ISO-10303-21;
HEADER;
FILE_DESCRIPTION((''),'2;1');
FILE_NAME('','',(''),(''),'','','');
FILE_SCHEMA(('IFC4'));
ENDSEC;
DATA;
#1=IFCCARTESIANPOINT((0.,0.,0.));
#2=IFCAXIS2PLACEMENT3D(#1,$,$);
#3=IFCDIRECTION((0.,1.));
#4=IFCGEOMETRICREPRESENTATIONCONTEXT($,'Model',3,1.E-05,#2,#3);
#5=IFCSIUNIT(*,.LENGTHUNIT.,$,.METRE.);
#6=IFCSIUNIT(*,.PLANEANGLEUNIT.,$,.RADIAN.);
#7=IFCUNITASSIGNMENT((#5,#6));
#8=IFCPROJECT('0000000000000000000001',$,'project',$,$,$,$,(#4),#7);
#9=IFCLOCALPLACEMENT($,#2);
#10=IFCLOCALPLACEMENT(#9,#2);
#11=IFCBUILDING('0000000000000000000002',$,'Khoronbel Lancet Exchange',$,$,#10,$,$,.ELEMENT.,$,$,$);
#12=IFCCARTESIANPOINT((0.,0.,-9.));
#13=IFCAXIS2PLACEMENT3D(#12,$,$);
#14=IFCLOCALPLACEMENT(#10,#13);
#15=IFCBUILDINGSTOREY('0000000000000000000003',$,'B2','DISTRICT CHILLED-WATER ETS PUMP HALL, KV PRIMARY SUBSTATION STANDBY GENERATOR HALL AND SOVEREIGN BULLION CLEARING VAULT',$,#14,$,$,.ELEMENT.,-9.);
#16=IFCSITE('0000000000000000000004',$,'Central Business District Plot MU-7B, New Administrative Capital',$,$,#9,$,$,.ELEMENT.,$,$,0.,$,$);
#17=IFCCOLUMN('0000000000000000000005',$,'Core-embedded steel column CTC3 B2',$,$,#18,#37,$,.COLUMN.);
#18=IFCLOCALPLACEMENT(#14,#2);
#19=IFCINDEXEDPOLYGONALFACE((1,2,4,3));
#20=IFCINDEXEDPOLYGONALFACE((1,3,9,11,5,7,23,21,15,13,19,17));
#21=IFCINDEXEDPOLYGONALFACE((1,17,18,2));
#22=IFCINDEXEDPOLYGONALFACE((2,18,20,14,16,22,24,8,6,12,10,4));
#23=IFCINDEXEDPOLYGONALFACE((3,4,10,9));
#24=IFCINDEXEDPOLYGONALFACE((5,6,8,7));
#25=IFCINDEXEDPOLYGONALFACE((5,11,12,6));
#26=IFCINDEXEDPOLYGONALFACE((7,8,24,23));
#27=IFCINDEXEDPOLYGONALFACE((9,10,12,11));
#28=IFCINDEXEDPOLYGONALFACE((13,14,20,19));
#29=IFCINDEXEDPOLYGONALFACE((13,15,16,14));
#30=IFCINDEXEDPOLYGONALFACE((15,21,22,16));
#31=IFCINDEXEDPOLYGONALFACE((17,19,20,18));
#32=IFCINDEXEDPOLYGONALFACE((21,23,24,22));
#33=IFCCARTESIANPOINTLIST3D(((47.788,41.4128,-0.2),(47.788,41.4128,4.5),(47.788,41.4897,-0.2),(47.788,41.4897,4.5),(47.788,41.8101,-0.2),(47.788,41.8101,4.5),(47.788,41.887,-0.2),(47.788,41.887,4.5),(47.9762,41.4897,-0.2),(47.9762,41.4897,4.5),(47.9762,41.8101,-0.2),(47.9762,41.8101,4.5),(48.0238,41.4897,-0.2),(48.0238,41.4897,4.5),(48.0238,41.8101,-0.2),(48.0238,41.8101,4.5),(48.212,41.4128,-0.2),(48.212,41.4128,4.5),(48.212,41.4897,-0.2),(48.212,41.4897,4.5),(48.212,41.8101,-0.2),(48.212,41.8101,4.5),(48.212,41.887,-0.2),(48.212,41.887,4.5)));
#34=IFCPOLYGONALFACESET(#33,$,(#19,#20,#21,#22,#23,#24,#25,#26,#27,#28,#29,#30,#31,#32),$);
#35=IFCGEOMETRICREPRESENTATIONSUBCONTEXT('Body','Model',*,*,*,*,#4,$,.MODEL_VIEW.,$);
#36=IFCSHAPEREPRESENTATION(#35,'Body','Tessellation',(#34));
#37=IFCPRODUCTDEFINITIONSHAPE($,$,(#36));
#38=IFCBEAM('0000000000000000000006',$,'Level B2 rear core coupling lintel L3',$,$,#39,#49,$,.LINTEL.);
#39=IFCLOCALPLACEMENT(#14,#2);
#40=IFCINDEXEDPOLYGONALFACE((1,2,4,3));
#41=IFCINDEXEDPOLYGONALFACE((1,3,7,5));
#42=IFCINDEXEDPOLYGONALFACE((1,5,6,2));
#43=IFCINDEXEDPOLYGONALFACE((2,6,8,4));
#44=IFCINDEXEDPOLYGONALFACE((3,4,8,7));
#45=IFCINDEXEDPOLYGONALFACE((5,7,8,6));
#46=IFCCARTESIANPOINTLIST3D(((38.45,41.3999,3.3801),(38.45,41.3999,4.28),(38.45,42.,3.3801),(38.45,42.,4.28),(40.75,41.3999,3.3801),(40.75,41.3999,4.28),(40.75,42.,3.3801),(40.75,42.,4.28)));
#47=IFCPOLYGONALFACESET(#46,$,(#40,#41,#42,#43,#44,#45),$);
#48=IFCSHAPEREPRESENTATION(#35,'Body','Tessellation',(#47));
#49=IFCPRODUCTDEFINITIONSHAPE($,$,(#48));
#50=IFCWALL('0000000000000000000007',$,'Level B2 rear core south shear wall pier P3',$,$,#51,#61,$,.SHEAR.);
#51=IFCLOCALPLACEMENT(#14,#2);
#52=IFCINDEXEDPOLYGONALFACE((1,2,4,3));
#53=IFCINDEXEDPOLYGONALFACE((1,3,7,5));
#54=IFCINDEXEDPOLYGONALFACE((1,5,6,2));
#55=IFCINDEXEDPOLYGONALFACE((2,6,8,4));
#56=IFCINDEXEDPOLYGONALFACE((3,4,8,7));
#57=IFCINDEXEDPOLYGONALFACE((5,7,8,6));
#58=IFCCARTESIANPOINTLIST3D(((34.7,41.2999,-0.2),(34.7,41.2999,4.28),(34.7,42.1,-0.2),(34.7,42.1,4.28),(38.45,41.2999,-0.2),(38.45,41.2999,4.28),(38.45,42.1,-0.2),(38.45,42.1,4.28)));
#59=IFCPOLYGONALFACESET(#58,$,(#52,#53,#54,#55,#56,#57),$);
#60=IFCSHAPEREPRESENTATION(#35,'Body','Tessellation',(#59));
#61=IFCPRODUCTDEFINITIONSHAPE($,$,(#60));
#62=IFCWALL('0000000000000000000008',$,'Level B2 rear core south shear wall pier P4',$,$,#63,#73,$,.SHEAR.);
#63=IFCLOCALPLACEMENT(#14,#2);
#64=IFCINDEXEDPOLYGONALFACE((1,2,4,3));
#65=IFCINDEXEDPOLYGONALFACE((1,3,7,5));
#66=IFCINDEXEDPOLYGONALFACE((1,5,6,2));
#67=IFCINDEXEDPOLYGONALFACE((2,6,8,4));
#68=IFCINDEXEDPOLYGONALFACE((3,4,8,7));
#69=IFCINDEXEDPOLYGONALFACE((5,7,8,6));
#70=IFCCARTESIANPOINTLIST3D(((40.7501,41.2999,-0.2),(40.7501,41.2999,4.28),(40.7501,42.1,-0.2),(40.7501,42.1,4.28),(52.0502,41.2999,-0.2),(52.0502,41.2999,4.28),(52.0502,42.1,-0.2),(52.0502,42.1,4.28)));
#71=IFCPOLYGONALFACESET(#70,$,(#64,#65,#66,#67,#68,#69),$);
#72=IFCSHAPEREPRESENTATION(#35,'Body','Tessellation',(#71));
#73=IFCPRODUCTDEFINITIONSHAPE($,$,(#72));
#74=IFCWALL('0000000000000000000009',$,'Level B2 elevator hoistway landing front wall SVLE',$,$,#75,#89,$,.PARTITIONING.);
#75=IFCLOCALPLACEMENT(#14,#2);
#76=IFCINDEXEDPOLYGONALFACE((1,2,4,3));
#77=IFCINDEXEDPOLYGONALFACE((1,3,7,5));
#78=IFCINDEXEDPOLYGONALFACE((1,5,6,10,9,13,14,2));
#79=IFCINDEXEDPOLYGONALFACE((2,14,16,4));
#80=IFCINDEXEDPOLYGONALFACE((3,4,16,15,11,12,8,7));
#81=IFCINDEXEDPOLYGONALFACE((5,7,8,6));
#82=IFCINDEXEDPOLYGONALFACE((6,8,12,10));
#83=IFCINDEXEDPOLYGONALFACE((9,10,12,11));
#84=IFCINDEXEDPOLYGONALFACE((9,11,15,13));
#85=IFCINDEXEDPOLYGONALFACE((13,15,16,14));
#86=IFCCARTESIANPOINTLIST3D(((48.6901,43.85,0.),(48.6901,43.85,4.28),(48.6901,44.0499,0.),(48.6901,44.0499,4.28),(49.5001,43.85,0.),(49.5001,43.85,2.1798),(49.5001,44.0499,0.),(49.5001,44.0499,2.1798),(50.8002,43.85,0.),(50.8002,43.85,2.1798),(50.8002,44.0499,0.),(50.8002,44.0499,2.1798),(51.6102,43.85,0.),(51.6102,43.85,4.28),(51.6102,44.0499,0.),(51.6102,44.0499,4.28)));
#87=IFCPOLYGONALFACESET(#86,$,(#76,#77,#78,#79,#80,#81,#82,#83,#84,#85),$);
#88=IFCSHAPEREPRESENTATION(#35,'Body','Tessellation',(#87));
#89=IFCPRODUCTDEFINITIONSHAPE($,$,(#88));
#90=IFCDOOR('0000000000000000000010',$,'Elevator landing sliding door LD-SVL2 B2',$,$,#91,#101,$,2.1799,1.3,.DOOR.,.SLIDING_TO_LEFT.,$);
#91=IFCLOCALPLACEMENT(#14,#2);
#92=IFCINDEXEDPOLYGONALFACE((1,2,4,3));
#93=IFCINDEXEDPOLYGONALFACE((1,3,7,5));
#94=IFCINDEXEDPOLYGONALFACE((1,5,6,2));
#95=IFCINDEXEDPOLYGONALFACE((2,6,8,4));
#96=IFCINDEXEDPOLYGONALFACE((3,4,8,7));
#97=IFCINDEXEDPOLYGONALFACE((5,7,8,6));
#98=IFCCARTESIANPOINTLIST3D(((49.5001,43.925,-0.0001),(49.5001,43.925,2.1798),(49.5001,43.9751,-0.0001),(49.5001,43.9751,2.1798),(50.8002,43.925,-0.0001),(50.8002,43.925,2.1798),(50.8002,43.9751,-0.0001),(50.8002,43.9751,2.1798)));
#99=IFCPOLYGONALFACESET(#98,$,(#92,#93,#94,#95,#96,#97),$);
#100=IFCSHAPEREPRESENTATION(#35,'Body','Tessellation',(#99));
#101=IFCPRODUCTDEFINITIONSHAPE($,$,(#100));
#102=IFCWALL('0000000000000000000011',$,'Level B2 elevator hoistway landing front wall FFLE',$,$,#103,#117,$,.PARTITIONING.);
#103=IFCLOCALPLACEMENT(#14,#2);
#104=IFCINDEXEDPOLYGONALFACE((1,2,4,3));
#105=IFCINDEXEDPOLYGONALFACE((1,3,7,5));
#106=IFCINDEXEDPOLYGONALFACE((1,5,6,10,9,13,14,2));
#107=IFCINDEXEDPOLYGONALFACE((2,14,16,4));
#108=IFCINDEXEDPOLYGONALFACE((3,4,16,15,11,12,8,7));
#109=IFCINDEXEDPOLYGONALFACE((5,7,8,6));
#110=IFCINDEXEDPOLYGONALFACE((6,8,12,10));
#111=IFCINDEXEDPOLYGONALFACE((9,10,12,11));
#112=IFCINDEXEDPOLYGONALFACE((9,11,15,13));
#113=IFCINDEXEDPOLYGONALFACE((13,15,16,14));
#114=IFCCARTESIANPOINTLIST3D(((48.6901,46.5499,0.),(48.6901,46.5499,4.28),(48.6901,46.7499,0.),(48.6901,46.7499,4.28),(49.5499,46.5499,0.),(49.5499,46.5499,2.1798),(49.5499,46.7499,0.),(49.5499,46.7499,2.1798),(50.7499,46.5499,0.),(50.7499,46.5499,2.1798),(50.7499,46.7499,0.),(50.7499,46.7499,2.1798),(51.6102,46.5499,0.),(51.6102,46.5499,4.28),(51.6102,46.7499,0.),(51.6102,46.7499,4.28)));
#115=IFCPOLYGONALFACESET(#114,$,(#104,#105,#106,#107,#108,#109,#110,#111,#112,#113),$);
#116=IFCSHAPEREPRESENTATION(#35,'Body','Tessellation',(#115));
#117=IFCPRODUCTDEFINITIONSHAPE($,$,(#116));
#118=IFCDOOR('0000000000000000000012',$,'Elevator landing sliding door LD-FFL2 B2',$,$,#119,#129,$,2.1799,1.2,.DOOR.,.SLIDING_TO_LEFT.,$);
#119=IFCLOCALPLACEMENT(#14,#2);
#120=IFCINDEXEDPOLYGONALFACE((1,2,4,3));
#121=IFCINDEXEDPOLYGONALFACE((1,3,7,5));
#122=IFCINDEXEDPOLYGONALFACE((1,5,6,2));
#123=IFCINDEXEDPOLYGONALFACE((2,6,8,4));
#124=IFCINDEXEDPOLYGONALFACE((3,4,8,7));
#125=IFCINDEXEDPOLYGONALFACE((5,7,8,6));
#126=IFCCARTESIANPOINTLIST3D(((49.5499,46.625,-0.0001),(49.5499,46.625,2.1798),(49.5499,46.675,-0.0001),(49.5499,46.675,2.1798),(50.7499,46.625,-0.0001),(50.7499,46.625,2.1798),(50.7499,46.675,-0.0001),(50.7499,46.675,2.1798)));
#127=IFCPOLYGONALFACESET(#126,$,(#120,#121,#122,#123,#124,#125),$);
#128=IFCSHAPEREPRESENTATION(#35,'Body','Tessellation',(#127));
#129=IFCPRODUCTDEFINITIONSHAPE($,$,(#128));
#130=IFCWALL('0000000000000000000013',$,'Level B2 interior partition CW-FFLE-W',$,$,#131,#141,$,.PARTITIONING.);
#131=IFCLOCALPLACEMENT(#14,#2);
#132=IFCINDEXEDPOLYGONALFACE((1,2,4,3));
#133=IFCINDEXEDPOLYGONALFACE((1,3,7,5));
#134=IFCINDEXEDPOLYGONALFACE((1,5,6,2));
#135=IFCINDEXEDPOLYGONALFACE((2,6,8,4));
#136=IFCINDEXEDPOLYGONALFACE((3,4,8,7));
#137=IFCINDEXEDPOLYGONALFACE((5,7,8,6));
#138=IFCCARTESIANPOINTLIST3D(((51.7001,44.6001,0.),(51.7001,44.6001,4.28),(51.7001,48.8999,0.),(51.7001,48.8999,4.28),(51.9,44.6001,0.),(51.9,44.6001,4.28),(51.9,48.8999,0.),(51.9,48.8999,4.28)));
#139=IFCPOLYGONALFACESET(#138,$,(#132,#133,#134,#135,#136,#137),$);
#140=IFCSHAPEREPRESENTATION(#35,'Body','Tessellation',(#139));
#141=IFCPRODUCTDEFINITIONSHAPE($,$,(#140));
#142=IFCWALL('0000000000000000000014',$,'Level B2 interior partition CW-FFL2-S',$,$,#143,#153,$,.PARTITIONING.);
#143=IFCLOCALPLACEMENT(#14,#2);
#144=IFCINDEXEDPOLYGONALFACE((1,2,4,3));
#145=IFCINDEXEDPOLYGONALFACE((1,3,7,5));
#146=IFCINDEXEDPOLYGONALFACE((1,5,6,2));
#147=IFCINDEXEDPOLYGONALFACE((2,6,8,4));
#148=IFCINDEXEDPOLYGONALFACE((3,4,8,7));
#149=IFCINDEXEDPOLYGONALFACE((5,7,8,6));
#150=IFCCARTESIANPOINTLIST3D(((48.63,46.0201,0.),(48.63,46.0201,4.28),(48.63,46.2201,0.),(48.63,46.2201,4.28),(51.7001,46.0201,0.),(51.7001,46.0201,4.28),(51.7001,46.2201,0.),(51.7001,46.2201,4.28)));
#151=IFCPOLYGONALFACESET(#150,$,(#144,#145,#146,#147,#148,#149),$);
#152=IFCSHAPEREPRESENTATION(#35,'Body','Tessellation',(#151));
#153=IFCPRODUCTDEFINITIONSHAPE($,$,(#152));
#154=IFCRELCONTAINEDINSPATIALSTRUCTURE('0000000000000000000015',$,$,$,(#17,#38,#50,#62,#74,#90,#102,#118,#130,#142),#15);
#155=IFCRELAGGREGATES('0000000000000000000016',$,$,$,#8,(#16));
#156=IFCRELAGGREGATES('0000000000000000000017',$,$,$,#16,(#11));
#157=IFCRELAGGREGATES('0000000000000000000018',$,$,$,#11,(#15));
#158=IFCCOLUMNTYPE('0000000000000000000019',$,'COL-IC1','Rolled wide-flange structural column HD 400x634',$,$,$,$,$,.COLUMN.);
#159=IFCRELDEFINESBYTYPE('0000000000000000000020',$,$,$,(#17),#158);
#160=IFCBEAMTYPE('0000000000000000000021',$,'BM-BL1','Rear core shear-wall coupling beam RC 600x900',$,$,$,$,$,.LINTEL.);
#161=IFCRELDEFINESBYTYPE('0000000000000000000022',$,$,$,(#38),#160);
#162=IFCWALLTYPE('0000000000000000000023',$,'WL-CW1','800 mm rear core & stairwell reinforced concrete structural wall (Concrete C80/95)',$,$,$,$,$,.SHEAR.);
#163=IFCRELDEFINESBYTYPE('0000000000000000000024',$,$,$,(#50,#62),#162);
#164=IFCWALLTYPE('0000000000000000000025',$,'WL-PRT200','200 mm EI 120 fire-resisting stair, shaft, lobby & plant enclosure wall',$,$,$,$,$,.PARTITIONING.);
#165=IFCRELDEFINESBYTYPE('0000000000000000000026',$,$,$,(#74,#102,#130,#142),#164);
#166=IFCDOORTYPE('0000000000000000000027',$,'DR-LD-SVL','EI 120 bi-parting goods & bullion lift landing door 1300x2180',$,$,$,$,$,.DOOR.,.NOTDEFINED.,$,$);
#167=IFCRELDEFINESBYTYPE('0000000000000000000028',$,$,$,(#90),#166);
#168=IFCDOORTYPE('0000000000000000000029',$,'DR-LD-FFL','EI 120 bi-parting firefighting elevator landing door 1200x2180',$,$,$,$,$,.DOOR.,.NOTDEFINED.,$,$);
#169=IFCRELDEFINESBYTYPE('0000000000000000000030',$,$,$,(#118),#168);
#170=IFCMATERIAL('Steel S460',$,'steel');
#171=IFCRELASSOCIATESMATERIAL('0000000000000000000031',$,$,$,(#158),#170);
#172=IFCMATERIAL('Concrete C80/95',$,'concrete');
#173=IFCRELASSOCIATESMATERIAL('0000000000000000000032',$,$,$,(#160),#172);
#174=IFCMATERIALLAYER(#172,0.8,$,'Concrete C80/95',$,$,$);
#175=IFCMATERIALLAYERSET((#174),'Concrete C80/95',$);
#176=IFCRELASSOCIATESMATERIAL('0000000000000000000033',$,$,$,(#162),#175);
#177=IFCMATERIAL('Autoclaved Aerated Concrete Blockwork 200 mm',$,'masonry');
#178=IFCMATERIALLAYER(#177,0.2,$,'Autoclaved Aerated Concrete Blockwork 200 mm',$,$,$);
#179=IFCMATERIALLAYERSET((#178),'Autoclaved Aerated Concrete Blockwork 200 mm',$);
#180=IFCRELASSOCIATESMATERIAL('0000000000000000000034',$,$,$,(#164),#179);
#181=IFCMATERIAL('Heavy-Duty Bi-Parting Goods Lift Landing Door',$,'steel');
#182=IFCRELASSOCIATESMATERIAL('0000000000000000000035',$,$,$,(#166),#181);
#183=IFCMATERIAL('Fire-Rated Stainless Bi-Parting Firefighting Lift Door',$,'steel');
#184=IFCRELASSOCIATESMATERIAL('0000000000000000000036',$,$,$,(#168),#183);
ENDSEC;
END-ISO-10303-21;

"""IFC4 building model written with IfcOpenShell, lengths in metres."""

from ifc_helpers import new_model, si_unit, direction, frame, frame_2d, origin, origin_2d, place, context, subcontext, project, spatial, rectangle, i_section, extrude, material, layer, layer_set, material_profile, profile_set, type_object, element, fill, save


model = new_model("IFC4")

# Units and contexts
model_context = context("Model", 3, precision=1e-05, world=origin(), true_north=direction((0.0, 1.0)))
body_context = subcontext(model_context, "Body", "Model", "MODEL_VIEW")
ifc_project = project(units=[si_unit("LENGTHUNIT", "METRE"), si_unit("PLANEANGLEUNIT", "RADIAN")], contexts=[model_context])

# Site, building, storey
site_placement = place(None, origin())
site = spatial("IfcSite", under=ifc_project, at=site_placement, Name="Central Business District Plot MU-7B, New Administrative Capital", CompositionType="ELEMENT", RefElevation=0.0)
building_placement = place(site_placement, origin())
building = spatial("IfcBuilding", under=site, at=building_placement, Name="Khoronbel Lancet Exchange", CompositionType="ELEMENT")
storey_placement = place(building_placement, frame((0.0, 0.0, -9.0)))
storey = spatial("IfcBuildingStorey", under=building, at=storey_placement, Name="B2", Description="DISTRICT CHILLED-WATER ETS PUMP HALL, KV PRIMARY SUBSTATION STANDBY GENERATOR HALL AND SOVEREIGN BULLION CLEARING VAULT", CompositionType="ELEMENT", Elevation=-9.0)

# Column
ifc_material_1 = material(Name="Steel S460", Category="steel")
ifc_material_profile_1 = material_profile(ifc_material_1, i_section(OverallWidth=0.4241, OverallDepth=0.4741, WebThickness=0.0476, FlangeThickness=0.0769, at=origin_2d()), Name="HD 400x634")
ifc_profile_set_1 = profile_set([ifc_material_profile_1], Name="Steel S460")
column_type = type_object("IfcColumnType", Name="COL-IC1", Description="Rolled wide-flange structural column HD 400x634", PredefinedType="COLUMN", material=ifc_profile_set_1)
for number, where, z_axis, x_axis, name in (
    (1, (48.0, 41.6499, -0.2), (0.0, 0.0, 1.0), (1.0, 0.0, 0.0), "Core-embedded steel column CTC3 B2"),
):
    element("IfcColumn", number, at=place(storey_placement, frame(where, z_axis=z_axis, x_axis=x_axis)), inside=storey, type_object=column_type, Name=name, PredefinedType="COLUMN", context=body_context, shape_type="SweptSolid", body=[
        extrude(i_section(OverallWidth=0.4241, OverallDepth=0.4741, WebThickness=0.0476, FlangeThickness=0.0769, at=origin_2d()), origin(), (0.0, 0.0, 1.0), 4.7),
    ])

# Beam
ifc_material_2 = material(Name="Concrete C80/95", Category="concrete")
ifc_material_profile_2 = material_profile(ifc_material_2, rectangle(XDim=0.6001, YDim=0.8999, at=origin_2d()), Name="RC 600x900")
ifc_profile_set_2 = profile_set([ifc_material_profile_2], Name="Concrete C80/95")
beam_type = type_object("IfcBeamType", Name="BM-BL1", Description="Rear core shear-wall coupling beam RC 600x900", PredefinedType="LINTEL", material=ifc_profile_set_2)
beam_placement = place(storey_placement, frame((38.45, 41.7, 3.8301), z_axis=(1.0, 0.0, 0.0), x_axis=(0.0, 1.0, 0.0)))
element("IfcBeam", 2, at=beam_placement, inside=storey, type_object=beam_type, Name="Level B2 rear core coupling lintel L3", PredefinedType="LINTEL", context=body_context, shape_type="SweptSolid", body=[
    extrude(rectangle(XDim=0.6001, YDim=0.8999, at=origin_2d()), origin(), (0.0, 0.0, 1.0), 2.3),
])

# Walls
ifc_layer_1 = layer(ifc_material_2, 0.8, Name="Concrete C80/95")
ifc_layer_set_1 = layer_set([ifc_layer_1], Name="Concrete C80/95")
wall_type_1 = type_object("IfcWallType", Name="WL-CW1", Description="800 mm rear core & stairwell reinforced concrete structural wall (Concrete C80/95)", PredefinedType="SHEAR", material=ifc_layer_set_1)
wall_1_placement = place(storey_placement, frame((38.45, 41.7, -0.2), z_axis=(0.0, 0.0, 1.0), x_axis=(-1.0, 0.0, 0.0)))
element("IfcWall", 3, at=wall_1_placement, inside=storey, type_object=wall_type_1, Name="Level B2 rear core south shear wall pier P3", PredefinedType="SHEAR", context=body_context, shape_type="SweptSolid", body=[
    extrude(rectangle(XDim=3.75, YDim=0.8, at=frame_2d((1.875, 0.0))), origin(), (0.0, 0.0, 1.0), 4.48),
])
wall_2_placement = place(storey_placement, frame((52.05, 41.7, -0.2), z_axis=(0.0, 0.0, 1.0), x_axis=(-1.0, 0.0, 0.0)))
element("IfcWall", 4, at=wall_2_placement, inside=storey, type_object=wall_type_1, Name="Level B2 rear core south shear wall pier P4", PredefinedType="SHEAR", context=body_context, shape_type="SweptSolid", body=[
    extrude(rectangle(XDim=11.3, YDim=0.8, at=frame_2d((5.6499, 0.0))), origin(), (0.0, 0.0, 1.0), 4.48),
])

# Walls, openings, doors
ifc_material_3 = material(Name="Autoclaved Aerated Concrete Blockwork 200 mm", Category="masonry")
ifc_layer_2 = layer(ifc_material_3, 0.2, Name="Autoclaved Aerated Concrete Blockwork 200 mm")
ifc_layer_set_2 = layer_set([ifc_layer_2], Name="Autoclaved Aerated Concrete Blockwork 200 mm")
wall_type_2 = type_object("IfcWallType", Name="WL-PRT200", Description="200 mm EI 120 fire-resisting stair, shaft, lobby & plant enclosure wall", PredefinedType="PARTITIONING", material=ifc_layer_set_2)
wall_3_placement = place(storey_placement, frame((51.6101, 43.95, 0.0), z_axis=(0.0, 0.0, 1.0), x_axis=(-1.0, 0.0, 0.0)))
wall_3 = element("IfcWall", 5, at=wall_3_placement, inside=storey, type_object=wall_type_2, Name="Level B2 elevator hoistway landing front wall SVLE", PredefinedType="PARTITIONING", context=body_context, shape_type="SweptSolid", body=[
    extrude(rectangle(XDim=2.9202, YDim=0.2, at=frame_2d((1.46, 0.0))), origin(), (0.0, 0.0, 1.0), 4.28),
])
opening_1_placement = place(wall_3_placement, frame((0.8101, 0.0, 0.0)))
opening_1 = element("IfcOpeningElement", 6, at=opening_1_placement, cuts=wall_3, PredefinedType="OPENING", context=body_context, shape_type="SweptSolid", body=[
    extrude(rectangle(XDim=1.3, YDim=2.1799, at=frame_2d((0.6499, 1.0898))), frame((0.0, 0.1099, 0.0), z_axis=(0.0, -1.0, 0.0), x_axis=(1.0, 0.0, 0.0)), (0.0, 0.0, 1.0), 0.22),
])
ifc_material_4 = material(Name="Heavy-Duty Bi-Parting Goods Lift Landing Door", Category="steel")
door_type_1 = type_object("IfcDoorType", Name="DR-LD-SVL", Description="EI 120 bi-parting goods & bullion lift landing door 1300x2180", OperationType="NOTDEFINED", PredefinedType="DOOR", material=ifc_material_4)
door_1_placement = place(opening_1_placement, origin())
door_1 = element("IfcDoor", 7, at=door_1_placement, inside=storey, type_object=door_type_1, Name="Elevator landing sliding door LD-SVL2 B2", OperationType="SLIDING_TO_LEFT", OverallHeight=2.1799, OverallWidth=1.3, PredefinedType="DOOR", context=body_context, shape_type="SweptSolid", body=[
    extrude(rectangle(XDim=1.3, YDim=2.1799, at=frame_2d((0.6499, 1.0898))), frame((0.0, 0.0249, 0.0), z_axis=(0.0, -1.0, 0.0), x_axis=(1.0, 0.0, 0.0)), (0.0, 0.0, 1.0), 0.05),
])
fill(opening_1, door_1)
wall_4_placement = place(storey_placement, frame((51.6101, 46.6499, 0.0), z_axis=(0.0, 0.0, 1.0), x_axis=(-1.0, 0.0, 0.0)))
wall_4 = element("IfcWall", 8, at=wall_4_placement, inside=storey, type_object=wall_type_2, Name="Level B2 elevator hoistway landing front wall FFLE", PredefinedType="PARTITIONING", context=body_context, shape_type="SweptSolid", body=[
    extrude(rectangle(XDim=2.9202, YDim=0.2, at=frame_2d((1.46, 0.0))), origin(), (0.0, 0.0, 1.0), 4.28),
])
opening_2_placement = place(wall_4_placement, frame((0.8601, 0.0, 0.0)))
opening_2 = element("IfcOpeningElement", 9, at=opening_2_placement, cuts=wall_4, PredefinedType="OPENING", context=body_context, shape_type="SweptSolid", body=[
    extrude(rectangle(XDim=1.2, YDim=2.1799, at=frame_2d((0.6001, 1.0898))), frame((0.0, 0.1099, 0.0), z_axis=(0.0, -1.0, 0.0), x_axis=(1.0, 0.0, 0.0)), (0.0, 0.0, 1.0), 0.22),
])
ifc_material_5 = material(Name="Fire-Rated Stainless Bi-Parting Firefighting Lift Door", Category="steel")
door_type_2 = type_object("IfcDoorType", Name="DR-LD-FFL", Description="EI 120 bi-parting firefighting elevator landing door 1200x2180", OperationType="NOTDEFINED", PredefinedType="DOOR", material=ifc_material_5)
door_2_placement = place(opening_2_placement, origin())
door_2 = element("IfcDoor", 10, at=door_2_placement, inside=storey, type_object=door_type_2, Name="Elevator landing sliding door LD-FFL2 B2", OperationType="SLIDING_TO_LEFT", OverallHeight=2.1799, OverallWidth=1.2, PredefinedType="DOOR", context=body_context, shape_type="SweptSolid", body=[
    extrude(rectangle(XDim=1.2, YDim=2.1799, at=frame_2d((0.6001, 1.0898))), frame((0.0, 0.0249, 0.0), z_axis=(0.0, -1.0, 0.0), x_axis=(1.0, 0.0, 0.0)), (0.0, 0.0, 1.0), 0.05),
])
fill(opening_2, door_2)

# Wall
wall_5_placement = place(storey_placement, frame((51.8, 44.6001, 0.0), z_axis=(0.0, 0.0, 1.0), x_axis=(0.0, 1.0, 0.0)))
element("IfcWall", 11, at=wall_5_placement, inside=storey, type_object=wall_type_2, Name="Level B2 interior partition CW-FFLE-W", PredefinedType="PARTITIONING", context=body_context, shape_type="SweptSolid", body=[
    extrude(rectangle(XDim=4.2998, YDim=0.2, at=frame_2d((2.1499, 0.0))), origin(), (0.0, 0.0, 1.0), 4.28),
])

# Wall
wall_6_placement = place(storey_placement, frame((48.6299, 46.1201, 0.0), z_axis=(0.0, 0.0, 1.0), x_axis=(1.0, 0.0, 0.0)))
element("IfcWall", 12, at=wall_6_placement, inside=storey, type_object=wall_type_2, Name="Level B2 interior partition CW-FFL2-S", PredefinedType="PARTITIONING", context=body_context, shape_type="SweptSolid", body=[
    extrude(rectangle(XDim=3.0701, YDim=0.2, at=frame_2d((1.5352, 0.0))), origin(), (0.0, 0.0, 1.0), 4.28),
])

save(model, "model.ifc")
